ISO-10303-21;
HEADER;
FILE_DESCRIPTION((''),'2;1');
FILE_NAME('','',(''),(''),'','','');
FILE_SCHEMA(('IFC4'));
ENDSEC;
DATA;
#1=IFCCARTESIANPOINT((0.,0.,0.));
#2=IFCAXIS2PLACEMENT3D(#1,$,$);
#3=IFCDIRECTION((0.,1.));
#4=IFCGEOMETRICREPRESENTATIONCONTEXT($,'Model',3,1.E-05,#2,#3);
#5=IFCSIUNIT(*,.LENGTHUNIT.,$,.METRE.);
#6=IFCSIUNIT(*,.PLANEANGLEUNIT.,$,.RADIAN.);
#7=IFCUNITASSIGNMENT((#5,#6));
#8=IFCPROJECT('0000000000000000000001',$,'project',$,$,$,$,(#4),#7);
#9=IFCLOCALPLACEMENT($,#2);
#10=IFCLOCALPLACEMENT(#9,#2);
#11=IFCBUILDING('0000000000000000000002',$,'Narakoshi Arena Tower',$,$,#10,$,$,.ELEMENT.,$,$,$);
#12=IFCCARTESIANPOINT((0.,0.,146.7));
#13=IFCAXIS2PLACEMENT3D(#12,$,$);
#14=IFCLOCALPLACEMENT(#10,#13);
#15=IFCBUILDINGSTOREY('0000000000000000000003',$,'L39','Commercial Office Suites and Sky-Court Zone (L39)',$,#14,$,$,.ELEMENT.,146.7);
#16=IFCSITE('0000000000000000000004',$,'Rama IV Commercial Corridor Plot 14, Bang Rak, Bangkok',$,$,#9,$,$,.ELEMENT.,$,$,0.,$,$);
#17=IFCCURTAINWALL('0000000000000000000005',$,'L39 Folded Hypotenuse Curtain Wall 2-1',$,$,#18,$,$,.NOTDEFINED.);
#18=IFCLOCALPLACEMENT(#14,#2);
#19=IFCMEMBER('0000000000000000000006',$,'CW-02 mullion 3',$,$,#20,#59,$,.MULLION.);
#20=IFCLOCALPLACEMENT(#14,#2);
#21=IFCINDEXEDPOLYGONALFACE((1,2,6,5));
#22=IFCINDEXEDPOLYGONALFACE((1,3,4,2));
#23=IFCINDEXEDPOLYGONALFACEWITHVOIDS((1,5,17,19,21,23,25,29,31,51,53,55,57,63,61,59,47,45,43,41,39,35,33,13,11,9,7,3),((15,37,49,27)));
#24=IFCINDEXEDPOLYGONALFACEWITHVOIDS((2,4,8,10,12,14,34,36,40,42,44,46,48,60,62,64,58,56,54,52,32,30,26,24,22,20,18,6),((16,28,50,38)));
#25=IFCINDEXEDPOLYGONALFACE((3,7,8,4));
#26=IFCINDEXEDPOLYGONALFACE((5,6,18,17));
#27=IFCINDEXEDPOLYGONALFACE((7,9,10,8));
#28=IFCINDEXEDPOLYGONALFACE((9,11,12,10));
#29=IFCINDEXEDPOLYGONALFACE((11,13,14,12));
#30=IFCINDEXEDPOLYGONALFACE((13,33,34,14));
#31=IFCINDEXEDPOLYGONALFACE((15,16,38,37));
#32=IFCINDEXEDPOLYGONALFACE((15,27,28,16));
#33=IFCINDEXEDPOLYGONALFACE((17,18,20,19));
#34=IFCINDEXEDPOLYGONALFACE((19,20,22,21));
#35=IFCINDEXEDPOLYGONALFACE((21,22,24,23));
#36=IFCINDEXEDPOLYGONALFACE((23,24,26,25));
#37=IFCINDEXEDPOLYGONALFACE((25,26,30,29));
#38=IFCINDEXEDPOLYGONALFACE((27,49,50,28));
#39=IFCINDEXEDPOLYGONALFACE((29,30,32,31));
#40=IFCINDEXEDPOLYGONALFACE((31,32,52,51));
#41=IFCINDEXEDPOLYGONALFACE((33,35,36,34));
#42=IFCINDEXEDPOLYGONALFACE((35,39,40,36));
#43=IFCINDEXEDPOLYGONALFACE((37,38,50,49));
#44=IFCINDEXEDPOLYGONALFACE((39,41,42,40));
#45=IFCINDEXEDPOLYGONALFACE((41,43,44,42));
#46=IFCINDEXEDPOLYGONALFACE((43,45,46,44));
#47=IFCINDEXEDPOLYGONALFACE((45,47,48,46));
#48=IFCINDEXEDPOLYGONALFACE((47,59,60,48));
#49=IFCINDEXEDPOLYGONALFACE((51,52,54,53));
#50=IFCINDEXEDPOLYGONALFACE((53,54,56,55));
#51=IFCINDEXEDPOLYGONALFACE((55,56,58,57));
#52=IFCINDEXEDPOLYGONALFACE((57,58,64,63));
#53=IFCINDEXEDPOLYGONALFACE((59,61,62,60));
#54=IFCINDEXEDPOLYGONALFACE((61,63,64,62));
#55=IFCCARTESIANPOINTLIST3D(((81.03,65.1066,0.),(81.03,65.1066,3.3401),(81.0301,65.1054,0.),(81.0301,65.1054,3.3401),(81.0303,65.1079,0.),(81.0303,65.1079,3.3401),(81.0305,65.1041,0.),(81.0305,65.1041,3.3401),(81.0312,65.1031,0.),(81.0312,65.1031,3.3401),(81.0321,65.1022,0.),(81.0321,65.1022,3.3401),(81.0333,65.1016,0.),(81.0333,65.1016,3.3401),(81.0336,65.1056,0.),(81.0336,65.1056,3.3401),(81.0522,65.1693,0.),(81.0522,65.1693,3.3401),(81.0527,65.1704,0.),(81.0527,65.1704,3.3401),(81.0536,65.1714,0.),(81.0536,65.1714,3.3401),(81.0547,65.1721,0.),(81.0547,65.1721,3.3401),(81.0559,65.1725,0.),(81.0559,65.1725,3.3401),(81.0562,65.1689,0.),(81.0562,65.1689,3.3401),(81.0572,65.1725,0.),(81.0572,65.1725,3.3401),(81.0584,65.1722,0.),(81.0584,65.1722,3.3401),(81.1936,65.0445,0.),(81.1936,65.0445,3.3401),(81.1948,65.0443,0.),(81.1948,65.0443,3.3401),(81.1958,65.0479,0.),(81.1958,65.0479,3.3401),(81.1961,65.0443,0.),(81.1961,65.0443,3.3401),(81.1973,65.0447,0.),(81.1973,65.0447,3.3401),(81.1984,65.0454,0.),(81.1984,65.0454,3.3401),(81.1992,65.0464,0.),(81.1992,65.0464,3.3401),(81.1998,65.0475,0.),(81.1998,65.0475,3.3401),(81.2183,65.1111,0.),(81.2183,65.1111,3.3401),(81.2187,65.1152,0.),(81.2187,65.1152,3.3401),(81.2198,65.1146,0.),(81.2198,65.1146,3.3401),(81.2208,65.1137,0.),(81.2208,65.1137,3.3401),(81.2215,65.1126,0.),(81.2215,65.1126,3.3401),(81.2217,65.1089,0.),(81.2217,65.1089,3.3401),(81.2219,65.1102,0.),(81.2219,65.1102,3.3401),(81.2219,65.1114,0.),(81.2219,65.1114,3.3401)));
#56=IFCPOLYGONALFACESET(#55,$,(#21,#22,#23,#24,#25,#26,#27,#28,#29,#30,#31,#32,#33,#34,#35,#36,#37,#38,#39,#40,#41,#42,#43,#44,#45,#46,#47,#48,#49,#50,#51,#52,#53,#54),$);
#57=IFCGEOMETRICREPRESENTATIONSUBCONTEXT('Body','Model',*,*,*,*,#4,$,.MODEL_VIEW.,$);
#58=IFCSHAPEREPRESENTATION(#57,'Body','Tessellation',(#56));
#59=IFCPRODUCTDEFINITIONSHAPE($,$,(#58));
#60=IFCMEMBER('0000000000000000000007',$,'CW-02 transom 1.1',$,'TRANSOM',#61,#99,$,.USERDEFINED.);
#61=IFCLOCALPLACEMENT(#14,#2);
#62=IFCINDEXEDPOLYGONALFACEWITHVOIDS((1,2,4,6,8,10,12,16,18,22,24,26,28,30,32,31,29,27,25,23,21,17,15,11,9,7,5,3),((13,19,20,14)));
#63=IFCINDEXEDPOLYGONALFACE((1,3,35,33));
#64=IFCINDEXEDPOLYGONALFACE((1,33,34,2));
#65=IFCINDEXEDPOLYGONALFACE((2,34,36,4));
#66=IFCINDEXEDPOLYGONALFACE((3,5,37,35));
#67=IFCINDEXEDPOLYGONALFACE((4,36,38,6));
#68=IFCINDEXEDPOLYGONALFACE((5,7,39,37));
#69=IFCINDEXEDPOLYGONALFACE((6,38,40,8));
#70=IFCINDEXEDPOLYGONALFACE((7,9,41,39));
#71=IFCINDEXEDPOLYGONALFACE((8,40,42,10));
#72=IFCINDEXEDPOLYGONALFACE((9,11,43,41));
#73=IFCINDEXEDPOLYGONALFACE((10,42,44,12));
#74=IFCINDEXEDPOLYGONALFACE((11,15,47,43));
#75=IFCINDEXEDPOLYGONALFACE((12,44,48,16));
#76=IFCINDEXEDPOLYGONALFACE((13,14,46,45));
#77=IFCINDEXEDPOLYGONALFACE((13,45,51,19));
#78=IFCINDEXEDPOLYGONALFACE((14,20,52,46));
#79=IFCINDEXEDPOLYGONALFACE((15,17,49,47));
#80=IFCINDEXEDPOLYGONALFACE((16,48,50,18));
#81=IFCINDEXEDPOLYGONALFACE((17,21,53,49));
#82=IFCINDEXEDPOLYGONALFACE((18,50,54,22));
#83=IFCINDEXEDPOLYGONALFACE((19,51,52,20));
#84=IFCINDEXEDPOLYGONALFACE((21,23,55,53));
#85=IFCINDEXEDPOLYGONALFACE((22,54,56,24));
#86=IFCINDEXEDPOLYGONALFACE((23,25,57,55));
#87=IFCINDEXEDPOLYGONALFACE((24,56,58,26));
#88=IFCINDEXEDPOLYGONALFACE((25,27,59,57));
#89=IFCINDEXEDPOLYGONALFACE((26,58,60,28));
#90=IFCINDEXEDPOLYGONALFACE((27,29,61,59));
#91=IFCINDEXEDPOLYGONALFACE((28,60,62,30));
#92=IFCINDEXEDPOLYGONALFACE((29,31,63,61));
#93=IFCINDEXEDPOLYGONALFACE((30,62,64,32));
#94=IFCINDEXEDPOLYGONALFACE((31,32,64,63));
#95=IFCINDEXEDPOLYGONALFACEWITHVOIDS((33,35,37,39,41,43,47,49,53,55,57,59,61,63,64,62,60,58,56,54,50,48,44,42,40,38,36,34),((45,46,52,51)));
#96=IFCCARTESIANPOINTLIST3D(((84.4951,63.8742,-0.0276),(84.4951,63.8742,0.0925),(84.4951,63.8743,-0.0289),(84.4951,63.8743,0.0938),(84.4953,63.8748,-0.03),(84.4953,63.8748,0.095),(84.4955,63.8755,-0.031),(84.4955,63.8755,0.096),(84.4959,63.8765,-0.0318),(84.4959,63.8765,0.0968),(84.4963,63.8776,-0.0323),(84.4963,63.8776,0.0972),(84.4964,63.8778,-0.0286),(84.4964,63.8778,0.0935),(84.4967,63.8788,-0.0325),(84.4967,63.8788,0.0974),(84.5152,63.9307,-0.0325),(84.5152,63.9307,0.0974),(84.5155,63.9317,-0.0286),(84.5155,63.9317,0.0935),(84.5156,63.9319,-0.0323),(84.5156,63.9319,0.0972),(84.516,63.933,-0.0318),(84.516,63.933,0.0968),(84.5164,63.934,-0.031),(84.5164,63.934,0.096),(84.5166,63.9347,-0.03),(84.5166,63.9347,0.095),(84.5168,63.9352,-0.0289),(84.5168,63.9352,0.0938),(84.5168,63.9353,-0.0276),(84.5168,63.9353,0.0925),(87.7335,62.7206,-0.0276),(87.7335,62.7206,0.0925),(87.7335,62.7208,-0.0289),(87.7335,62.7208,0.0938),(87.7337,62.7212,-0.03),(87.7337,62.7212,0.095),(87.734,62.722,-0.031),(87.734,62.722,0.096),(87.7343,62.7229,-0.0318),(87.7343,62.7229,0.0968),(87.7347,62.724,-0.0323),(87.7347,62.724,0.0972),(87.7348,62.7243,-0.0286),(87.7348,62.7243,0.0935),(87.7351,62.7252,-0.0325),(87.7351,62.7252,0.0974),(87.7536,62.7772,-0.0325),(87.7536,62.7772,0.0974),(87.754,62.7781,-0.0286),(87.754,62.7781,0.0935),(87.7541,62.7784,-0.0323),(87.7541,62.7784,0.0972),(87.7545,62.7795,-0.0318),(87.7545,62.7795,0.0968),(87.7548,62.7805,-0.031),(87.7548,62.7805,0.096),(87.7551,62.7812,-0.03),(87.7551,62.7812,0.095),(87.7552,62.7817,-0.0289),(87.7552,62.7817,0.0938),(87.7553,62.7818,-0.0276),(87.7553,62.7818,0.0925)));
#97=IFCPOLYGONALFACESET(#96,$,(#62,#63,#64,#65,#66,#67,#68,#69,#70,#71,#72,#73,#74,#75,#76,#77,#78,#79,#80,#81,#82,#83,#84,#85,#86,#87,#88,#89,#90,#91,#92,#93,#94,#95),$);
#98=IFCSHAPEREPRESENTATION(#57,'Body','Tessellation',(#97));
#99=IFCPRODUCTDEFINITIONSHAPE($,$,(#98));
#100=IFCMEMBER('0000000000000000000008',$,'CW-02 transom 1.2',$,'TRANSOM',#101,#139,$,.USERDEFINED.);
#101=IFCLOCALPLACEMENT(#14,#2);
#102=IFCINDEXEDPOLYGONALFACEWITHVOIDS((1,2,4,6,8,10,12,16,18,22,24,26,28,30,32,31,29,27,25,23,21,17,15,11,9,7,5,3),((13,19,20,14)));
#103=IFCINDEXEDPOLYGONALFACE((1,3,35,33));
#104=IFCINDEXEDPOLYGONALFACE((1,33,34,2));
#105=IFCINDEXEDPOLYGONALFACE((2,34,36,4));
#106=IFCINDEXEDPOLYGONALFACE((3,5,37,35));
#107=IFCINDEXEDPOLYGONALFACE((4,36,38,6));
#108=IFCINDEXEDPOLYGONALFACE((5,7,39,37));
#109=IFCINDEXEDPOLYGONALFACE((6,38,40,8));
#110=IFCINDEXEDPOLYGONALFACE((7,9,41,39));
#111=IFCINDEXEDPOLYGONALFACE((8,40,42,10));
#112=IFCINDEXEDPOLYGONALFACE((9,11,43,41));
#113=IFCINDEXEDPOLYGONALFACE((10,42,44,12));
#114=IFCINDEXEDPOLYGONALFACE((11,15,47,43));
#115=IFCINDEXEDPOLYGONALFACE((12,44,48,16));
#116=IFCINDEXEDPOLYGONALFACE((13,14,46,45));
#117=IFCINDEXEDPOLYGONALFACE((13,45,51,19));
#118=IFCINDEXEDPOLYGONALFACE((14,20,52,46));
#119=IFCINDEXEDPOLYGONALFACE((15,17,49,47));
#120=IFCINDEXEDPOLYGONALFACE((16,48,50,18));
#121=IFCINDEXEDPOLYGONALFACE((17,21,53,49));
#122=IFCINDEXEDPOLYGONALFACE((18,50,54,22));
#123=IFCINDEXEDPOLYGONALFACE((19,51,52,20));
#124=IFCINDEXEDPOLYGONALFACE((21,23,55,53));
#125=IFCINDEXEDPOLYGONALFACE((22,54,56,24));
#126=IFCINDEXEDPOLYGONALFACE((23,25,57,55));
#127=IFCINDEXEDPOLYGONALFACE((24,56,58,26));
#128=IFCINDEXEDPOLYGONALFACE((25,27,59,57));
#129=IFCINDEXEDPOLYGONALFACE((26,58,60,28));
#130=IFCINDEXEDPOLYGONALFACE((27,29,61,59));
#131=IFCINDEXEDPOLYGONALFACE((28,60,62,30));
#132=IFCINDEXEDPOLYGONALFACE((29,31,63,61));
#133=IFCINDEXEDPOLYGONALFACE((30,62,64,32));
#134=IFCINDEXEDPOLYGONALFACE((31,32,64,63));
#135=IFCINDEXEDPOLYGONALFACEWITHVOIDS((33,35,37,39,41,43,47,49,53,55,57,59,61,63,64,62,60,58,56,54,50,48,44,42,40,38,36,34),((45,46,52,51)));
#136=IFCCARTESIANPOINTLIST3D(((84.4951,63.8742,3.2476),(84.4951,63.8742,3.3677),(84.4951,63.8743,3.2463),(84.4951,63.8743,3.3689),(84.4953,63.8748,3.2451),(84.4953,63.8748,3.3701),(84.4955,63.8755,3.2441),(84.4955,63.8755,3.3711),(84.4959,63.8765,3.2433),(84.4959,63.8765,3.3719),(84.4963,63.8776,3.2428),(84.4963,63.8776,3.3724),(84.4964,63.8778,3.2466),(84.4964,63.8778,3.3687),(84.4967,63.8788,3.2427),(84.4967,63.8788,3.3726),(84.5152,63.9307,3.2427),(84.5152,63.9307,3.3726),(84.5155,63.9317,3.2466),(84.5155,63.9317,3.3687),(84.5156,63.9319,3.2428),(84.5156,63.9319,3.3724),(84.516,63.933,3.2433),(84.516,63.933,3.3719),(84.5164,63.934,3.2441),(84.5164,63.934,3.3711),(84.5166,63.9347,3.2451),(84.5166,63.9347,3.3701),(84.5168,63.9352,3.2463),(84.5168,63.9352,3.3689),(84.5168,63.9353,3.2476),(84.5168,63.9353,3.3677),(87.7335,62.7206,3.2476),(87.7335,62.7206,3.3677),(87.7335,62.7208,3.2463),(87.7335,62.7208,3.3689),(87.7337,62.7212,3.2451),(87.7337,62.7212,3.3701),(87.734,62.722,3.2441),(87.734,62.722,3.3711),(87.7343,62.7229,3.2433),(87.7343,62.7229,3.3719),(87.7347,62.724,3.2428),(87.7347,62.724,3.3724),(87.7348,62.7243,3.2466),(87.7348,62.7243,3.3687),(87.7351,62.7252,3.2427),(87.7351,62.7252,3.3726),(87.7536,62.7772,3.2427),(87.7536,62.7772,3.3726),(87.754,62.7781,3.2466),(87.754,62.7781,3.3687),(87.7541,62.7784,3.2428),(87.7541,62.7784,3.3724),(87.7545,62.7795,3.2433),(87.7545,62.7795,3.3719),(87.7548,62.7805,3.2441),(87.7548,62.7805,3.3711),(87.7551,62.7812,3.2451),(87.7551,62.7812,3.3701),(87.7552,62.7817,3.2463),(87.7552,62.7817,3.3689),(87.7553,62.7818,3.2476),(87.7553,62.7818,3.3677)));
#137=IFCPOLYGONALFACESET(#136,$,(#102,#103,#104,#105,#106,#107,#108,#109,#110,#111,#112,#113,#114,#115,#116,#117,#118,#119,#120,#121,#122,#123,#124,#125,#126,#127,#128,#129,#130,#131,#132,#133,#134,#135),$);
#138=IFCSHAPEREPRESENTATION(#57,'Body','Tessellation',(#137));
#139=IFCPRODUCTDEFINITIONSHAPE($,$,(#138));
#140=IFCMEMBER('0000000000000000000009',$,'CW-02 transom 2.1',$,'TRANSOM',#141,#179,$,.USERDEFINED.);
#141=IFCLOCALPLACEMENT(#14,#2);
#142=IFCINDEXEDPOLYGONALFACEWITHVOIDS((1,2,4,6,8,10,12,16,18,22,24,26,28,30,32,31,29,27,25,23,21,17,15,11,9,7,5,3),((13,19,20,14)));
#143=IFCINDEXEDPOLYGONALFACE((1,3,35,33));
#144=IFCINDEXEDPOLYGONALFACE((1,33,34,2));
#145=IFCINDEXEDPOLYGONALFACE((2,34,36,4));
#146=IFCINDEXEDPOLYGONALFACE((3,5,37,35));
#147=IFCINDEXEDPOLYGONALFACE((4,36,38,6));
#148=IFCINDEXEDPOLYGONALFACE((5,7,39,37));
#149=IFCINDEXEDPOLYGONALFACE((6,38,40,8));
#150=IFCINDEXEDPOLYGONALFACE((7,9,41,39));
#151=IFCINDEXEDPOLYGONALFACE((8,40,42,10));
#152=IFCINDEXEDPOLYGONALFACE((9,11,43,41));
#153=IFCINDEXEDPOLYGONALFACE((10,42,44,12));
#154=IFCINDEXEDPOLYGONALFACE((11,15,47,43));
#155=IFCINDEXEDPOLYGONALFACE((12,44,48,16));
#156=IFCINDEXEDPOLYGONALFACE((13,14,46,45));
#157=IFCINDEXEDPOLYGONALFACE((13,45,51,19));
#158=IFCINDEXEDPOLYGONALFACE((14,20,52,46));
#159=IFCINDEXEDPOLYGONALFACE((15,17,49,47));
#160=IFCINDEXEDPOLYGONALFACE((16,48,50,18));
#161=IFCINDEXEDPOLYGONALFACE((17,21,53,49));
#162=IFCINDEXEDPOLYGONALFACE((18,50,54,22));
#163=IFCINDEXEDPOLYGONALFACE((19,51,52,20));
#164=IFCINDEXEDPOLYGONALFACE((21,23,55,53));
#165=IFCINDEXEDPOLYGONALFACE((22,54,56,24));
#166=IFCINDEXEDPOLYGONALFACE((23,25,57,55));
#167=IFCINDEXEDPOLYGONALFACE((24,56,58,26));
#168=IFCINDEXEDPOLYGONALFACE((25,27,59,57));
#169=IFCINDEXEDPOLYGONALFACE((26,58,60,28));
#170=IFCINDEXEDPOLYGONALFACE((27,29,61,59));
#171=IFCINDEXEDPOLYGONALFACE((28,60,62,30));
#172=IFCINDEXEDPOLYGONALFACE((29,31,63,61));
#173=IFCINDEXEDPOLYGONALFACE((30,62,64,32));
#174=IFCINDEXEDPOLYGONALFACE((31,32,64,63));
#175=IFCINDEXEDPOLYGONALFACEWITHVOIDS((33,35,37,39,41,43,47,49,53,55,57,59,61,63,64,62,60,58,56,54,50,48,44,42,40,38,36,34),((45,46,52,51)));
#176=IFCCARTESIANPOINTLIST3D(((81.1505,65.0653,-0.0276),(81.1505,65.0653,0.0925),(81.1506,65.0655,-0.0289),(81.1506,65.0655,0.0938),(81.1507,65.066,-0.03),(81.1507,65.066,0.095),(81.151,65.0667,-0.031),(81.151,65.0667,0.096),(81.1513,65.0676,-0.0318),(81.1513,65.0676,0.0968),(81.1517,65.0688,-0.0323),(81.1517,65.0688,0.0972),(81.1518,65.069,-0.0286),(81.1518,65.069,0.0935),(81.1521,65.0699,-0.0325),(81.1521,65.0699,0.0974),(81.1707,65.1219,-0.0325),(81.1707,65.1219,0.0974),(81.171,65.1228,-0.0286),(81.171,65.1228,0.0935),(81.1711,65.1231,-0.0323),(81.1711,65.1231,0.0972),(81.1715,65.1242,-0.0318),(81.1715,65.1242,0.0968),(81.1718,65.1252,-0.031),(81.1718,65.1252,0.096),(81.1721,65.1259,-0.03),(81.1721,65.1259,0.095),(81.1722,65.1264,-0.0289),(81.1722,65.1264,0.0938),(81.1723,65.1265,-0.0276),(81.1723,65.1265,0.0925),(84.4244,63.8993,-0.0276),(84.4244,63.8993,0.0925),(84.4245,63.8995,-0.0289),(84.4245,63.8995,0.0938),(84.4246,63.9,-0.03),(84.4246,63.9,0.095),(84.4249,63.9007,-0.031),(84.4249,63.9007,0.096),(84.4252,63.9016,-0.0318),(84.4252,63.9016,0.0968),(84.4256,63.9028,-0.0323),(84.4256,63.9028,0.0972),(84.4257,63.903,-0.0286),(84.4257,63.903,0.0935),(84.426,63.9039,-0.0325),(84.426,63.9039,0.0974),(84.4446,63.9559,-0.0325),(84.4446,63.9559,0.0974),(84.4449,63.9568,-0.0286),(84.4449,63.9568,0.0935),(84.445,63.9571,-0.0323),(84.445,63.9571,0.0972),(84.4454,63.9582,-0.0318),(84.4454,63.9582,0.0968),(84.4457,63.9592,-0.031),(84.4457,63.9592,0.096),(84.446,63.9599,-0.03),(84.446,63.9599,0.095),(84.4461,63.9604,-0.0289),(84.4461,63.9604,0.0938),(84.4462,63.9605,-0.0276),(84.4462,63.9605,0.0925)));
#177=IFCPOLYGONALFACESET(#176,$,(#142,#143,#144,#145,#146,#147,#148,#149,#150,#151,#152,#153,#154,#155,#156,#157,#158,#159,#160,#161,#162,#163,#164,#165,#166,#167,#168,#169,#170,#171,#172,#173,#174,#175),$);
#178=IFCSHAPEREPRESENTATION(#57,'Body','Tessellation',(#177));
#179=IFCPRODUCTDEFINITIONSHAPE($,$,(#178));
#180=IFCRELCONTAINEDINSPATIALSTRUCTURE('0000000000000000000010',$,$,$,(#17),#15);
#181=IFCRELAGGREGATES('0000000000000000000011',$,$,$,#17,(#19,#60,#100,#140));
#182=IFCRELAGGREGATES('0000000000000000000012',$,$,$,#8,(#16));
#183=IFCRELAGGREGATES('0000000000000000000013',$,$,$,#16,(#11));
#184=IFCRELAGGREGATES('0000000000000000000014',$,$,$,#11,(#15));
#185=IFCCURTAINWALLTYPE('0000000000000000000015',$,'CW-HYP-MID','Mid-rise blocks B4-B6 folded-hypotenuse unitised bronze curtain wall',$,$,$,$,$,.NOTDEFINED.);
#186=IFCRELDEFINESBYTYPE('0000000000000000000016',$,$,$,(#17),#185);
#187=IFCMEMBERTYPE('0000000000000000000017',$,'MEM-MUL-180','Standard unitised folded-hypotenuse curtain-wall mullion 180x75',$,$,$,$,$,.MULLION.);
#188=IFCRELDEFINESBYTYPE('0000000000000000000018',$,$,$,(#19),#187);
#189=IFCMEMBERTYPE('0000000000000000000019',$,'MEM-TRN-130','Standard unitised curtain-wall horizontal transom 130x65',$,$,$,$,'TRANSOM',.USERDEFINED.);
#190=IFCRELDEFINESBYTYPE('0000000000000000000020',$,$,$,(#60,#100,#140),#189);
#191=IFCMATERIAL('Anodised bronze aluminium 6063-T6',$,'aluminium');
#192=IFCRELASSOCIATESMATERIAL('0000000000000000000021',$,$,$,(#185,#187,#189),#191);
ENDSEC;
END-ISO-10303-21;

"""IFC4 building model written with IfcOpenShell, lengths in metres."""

from ifc_helpers import new_model, si_unit, direction, frame, origin, origin_2d, place, context, subcontext, project, spatial, hollow_rectangle, extrude, material, material_profile, profile_set, type_object, element, aggregate, save


model = new_model("IFC4")

# Units and contexts
model_context = context("Model", 3, precision=1e-05, world=origin(), true_north=direction((0.0, 1.0)))
body_context = subcontext(model_context, "Body", "Model", "MODEL_VIEW")
ifc_project = project(units=[si_unit("LENGTHUNIT", "METRE"), si_unit("PLANEANGLEUNIT", "RADIAN")], contexts=[model_context])

# Site, building, storey
site_placement = place(None, origin())
site = spatial("IfcSite", under=ifc_project, at=site_placement, Name="Rama IV Commercial Corridor Plot 14, Bang Rak, Bangkok", CompositionType="ELEMENT", RefElevation=0.0)
building_placement = place(site_placement, origin())
building = spatial("IfcBuilding", under=site, at=building_placement, Name="Narakoshi Arena Tower", CompositionType="ELEMENT")
storey_placement = place(building_placement, frame((0.0, 0.0, 146.7)))
storey = spatial("IfcBuildingStorey", under=building, at=storey_placement, Name="L39", Description="Commercial Office Suites and Sky-Court Zone (L39)", CompositionType="ELEMENT", Elevation=146.7)

# Curtain wall, members
ifc_material_1 = material(Name="Anodised bronze aluminium 6063-T6", Category="aluminium")
curtain_wall_type = type_object("IfcCurtainWallType", Name="CW-HYP-MID", Description="Mid-rise blocks B4-B6 folded-hypotenuse unitised bronze curtain wall", PredefinedType="NOTDEFINED", material=ifc_material_1)
curtain_wall_placement = place(storey_placement, origin())
curtain_wall = element("IfcCurtainWall", 1, at=curtain_wall_placement, inside=storey, type_object=curtain_wall_type, Name="L39 Folded Hypotenuse Curtain Wall 2-1", PredefinedType="NOTDEFINED")
ifc_material_profile_1 = material_profile(ifc_material_1, hollow_rectangle(XDim=0.075, YDim=0.1799, WallThickness=0.0039, OuterFilletRadius=0.0049, at=origin_2d()), Name="MUL180x75x4")
ifc_profile_set_1 = profile_set([ifc_material_profile_1], Name="Anodised bronze aluminium 6063-T6")
member_type_1 = type_object("IfcMemberType", Name="MEM-MUL-180", Description="Standard unitised folded-hypotenuse curtain-wall mullion 180x75", PredefinedType="MULLION", material=ifc_profile_set_1)
member_1_placement = place(storey_placement, frame((81.126, 65.1084, 0.0), z_axis=(0.0, 0.0, 1.0), x_axis=(-0.335518, -0.942034, 0.0)))
member_1 = element("IfcMember", 2, at=member_1_placement, type_object=member_type_1, Name="CW-02 mullion 3", PredefinedType="MULLION", context=body_context, shape_type="SweptSolid", body=[
    extrude(hollow_rectangle(XDim=0.075, YDim=0.1799, WallThickness=0.0039, OuterFilletRadius=0.0049, at=origin_2d()), origin(), (0.0, 0.0, 1.0), 3.3401),
])
ifc_material_profile_2 = material_profile(ifc_material_1, hollow_rectangle(XDim=0.0649, YDim=0.1299, WallThickness=0.0039, OuterFilletRadius=0.0049, at=origin_2d()), Name="TRN130x65x4")
ifc_profile_set_2 = profile_set([ifc_material_profile_2], Name="Anodised bronze aluminium 6063-T6")
member_type_2 = type_object("IfcMemberType", Name="MEM-TRN-130", Description="Standard unitised curtain-wall horizontal transom 130x65", ElementType="TRANSOM", PredefinedType="USERDEFINED", material=ifc_profile_set_2)
member_2_placement = place(storey_placement, frame((87.7444, 62.7512, 0.0325), z_axis=(-0.942023, 0.335549, 0.0), x_axis=(-0.335549, -0.942023, 0.0)))
member_2 = element("IfcMember", 3, at=member_2_placement, type_object=member_type_2, Name="CW-02 transom 1.1", ObjectType="TRANSOM", PredefinedType="USERDEFINED", context=body_context, shape_type="SweptSolid", body=[
    extrude(hollow_rectangle(XDim=0.0649, YDim=0.1299, WallThickness=0.0039, OuterFilletRadius=0.0049, at=origin_2d()), origin(), (0.0, 0.0, 1.0), 3.4377),
])
member_3_placement = place(storey_placement, frame((87.7444, 62.7512, 3.3076), z_axis=(-0.942023, 0.335549, 0.0), x_axis=(-0.335549, -0.942023, 0.0)))
member_3 = element("IfcMember", 4, at=member_3_placement, type_object=member_type_2, Name="CW-02 transom 1.2", ObjectType="TRANSOM", PredefinedType="USERDEFINED", context=body_context, shape_type="SweptSolid", body=[
    extrude(hollow_rectangle(XDim=0.0649, YDim=0.1299, WallThickness=0.0039, OuterFilletRadius=0.0049, at=origin_2d()), origin(), (0.0, 0.0, 1.0), 3.4377),
])
member_4_placement = place(storey_placement, frame((84.4353, 63.9299, 0.0325), z_axis=(-0.942037, 0.335509, 0.0), x_axis=(-0.335509, -0.942037, 0.0)))
member_4 = element("IfcMember", 5, at=member_4_placement, type_object=member_type_2, Name="CW-02 transom 2.1", ObjectType="TRANSOM", PredefinedType="USERDEFINED", context=body_context, shape_type="SweptSolid", body=[
    extrude(hollow_rectangle(XDim=0.0649, YDim=0.1299, WallThickness=0.0039, OuterFilletRadius=0.0049, at=origin_2d()), origin(), (0.0, 0.0, 1.0), 3.4753),
])
aggregate(curtain_wall, [member_1, member_2, member_3, member_4])

save(model, "model.ifc")
